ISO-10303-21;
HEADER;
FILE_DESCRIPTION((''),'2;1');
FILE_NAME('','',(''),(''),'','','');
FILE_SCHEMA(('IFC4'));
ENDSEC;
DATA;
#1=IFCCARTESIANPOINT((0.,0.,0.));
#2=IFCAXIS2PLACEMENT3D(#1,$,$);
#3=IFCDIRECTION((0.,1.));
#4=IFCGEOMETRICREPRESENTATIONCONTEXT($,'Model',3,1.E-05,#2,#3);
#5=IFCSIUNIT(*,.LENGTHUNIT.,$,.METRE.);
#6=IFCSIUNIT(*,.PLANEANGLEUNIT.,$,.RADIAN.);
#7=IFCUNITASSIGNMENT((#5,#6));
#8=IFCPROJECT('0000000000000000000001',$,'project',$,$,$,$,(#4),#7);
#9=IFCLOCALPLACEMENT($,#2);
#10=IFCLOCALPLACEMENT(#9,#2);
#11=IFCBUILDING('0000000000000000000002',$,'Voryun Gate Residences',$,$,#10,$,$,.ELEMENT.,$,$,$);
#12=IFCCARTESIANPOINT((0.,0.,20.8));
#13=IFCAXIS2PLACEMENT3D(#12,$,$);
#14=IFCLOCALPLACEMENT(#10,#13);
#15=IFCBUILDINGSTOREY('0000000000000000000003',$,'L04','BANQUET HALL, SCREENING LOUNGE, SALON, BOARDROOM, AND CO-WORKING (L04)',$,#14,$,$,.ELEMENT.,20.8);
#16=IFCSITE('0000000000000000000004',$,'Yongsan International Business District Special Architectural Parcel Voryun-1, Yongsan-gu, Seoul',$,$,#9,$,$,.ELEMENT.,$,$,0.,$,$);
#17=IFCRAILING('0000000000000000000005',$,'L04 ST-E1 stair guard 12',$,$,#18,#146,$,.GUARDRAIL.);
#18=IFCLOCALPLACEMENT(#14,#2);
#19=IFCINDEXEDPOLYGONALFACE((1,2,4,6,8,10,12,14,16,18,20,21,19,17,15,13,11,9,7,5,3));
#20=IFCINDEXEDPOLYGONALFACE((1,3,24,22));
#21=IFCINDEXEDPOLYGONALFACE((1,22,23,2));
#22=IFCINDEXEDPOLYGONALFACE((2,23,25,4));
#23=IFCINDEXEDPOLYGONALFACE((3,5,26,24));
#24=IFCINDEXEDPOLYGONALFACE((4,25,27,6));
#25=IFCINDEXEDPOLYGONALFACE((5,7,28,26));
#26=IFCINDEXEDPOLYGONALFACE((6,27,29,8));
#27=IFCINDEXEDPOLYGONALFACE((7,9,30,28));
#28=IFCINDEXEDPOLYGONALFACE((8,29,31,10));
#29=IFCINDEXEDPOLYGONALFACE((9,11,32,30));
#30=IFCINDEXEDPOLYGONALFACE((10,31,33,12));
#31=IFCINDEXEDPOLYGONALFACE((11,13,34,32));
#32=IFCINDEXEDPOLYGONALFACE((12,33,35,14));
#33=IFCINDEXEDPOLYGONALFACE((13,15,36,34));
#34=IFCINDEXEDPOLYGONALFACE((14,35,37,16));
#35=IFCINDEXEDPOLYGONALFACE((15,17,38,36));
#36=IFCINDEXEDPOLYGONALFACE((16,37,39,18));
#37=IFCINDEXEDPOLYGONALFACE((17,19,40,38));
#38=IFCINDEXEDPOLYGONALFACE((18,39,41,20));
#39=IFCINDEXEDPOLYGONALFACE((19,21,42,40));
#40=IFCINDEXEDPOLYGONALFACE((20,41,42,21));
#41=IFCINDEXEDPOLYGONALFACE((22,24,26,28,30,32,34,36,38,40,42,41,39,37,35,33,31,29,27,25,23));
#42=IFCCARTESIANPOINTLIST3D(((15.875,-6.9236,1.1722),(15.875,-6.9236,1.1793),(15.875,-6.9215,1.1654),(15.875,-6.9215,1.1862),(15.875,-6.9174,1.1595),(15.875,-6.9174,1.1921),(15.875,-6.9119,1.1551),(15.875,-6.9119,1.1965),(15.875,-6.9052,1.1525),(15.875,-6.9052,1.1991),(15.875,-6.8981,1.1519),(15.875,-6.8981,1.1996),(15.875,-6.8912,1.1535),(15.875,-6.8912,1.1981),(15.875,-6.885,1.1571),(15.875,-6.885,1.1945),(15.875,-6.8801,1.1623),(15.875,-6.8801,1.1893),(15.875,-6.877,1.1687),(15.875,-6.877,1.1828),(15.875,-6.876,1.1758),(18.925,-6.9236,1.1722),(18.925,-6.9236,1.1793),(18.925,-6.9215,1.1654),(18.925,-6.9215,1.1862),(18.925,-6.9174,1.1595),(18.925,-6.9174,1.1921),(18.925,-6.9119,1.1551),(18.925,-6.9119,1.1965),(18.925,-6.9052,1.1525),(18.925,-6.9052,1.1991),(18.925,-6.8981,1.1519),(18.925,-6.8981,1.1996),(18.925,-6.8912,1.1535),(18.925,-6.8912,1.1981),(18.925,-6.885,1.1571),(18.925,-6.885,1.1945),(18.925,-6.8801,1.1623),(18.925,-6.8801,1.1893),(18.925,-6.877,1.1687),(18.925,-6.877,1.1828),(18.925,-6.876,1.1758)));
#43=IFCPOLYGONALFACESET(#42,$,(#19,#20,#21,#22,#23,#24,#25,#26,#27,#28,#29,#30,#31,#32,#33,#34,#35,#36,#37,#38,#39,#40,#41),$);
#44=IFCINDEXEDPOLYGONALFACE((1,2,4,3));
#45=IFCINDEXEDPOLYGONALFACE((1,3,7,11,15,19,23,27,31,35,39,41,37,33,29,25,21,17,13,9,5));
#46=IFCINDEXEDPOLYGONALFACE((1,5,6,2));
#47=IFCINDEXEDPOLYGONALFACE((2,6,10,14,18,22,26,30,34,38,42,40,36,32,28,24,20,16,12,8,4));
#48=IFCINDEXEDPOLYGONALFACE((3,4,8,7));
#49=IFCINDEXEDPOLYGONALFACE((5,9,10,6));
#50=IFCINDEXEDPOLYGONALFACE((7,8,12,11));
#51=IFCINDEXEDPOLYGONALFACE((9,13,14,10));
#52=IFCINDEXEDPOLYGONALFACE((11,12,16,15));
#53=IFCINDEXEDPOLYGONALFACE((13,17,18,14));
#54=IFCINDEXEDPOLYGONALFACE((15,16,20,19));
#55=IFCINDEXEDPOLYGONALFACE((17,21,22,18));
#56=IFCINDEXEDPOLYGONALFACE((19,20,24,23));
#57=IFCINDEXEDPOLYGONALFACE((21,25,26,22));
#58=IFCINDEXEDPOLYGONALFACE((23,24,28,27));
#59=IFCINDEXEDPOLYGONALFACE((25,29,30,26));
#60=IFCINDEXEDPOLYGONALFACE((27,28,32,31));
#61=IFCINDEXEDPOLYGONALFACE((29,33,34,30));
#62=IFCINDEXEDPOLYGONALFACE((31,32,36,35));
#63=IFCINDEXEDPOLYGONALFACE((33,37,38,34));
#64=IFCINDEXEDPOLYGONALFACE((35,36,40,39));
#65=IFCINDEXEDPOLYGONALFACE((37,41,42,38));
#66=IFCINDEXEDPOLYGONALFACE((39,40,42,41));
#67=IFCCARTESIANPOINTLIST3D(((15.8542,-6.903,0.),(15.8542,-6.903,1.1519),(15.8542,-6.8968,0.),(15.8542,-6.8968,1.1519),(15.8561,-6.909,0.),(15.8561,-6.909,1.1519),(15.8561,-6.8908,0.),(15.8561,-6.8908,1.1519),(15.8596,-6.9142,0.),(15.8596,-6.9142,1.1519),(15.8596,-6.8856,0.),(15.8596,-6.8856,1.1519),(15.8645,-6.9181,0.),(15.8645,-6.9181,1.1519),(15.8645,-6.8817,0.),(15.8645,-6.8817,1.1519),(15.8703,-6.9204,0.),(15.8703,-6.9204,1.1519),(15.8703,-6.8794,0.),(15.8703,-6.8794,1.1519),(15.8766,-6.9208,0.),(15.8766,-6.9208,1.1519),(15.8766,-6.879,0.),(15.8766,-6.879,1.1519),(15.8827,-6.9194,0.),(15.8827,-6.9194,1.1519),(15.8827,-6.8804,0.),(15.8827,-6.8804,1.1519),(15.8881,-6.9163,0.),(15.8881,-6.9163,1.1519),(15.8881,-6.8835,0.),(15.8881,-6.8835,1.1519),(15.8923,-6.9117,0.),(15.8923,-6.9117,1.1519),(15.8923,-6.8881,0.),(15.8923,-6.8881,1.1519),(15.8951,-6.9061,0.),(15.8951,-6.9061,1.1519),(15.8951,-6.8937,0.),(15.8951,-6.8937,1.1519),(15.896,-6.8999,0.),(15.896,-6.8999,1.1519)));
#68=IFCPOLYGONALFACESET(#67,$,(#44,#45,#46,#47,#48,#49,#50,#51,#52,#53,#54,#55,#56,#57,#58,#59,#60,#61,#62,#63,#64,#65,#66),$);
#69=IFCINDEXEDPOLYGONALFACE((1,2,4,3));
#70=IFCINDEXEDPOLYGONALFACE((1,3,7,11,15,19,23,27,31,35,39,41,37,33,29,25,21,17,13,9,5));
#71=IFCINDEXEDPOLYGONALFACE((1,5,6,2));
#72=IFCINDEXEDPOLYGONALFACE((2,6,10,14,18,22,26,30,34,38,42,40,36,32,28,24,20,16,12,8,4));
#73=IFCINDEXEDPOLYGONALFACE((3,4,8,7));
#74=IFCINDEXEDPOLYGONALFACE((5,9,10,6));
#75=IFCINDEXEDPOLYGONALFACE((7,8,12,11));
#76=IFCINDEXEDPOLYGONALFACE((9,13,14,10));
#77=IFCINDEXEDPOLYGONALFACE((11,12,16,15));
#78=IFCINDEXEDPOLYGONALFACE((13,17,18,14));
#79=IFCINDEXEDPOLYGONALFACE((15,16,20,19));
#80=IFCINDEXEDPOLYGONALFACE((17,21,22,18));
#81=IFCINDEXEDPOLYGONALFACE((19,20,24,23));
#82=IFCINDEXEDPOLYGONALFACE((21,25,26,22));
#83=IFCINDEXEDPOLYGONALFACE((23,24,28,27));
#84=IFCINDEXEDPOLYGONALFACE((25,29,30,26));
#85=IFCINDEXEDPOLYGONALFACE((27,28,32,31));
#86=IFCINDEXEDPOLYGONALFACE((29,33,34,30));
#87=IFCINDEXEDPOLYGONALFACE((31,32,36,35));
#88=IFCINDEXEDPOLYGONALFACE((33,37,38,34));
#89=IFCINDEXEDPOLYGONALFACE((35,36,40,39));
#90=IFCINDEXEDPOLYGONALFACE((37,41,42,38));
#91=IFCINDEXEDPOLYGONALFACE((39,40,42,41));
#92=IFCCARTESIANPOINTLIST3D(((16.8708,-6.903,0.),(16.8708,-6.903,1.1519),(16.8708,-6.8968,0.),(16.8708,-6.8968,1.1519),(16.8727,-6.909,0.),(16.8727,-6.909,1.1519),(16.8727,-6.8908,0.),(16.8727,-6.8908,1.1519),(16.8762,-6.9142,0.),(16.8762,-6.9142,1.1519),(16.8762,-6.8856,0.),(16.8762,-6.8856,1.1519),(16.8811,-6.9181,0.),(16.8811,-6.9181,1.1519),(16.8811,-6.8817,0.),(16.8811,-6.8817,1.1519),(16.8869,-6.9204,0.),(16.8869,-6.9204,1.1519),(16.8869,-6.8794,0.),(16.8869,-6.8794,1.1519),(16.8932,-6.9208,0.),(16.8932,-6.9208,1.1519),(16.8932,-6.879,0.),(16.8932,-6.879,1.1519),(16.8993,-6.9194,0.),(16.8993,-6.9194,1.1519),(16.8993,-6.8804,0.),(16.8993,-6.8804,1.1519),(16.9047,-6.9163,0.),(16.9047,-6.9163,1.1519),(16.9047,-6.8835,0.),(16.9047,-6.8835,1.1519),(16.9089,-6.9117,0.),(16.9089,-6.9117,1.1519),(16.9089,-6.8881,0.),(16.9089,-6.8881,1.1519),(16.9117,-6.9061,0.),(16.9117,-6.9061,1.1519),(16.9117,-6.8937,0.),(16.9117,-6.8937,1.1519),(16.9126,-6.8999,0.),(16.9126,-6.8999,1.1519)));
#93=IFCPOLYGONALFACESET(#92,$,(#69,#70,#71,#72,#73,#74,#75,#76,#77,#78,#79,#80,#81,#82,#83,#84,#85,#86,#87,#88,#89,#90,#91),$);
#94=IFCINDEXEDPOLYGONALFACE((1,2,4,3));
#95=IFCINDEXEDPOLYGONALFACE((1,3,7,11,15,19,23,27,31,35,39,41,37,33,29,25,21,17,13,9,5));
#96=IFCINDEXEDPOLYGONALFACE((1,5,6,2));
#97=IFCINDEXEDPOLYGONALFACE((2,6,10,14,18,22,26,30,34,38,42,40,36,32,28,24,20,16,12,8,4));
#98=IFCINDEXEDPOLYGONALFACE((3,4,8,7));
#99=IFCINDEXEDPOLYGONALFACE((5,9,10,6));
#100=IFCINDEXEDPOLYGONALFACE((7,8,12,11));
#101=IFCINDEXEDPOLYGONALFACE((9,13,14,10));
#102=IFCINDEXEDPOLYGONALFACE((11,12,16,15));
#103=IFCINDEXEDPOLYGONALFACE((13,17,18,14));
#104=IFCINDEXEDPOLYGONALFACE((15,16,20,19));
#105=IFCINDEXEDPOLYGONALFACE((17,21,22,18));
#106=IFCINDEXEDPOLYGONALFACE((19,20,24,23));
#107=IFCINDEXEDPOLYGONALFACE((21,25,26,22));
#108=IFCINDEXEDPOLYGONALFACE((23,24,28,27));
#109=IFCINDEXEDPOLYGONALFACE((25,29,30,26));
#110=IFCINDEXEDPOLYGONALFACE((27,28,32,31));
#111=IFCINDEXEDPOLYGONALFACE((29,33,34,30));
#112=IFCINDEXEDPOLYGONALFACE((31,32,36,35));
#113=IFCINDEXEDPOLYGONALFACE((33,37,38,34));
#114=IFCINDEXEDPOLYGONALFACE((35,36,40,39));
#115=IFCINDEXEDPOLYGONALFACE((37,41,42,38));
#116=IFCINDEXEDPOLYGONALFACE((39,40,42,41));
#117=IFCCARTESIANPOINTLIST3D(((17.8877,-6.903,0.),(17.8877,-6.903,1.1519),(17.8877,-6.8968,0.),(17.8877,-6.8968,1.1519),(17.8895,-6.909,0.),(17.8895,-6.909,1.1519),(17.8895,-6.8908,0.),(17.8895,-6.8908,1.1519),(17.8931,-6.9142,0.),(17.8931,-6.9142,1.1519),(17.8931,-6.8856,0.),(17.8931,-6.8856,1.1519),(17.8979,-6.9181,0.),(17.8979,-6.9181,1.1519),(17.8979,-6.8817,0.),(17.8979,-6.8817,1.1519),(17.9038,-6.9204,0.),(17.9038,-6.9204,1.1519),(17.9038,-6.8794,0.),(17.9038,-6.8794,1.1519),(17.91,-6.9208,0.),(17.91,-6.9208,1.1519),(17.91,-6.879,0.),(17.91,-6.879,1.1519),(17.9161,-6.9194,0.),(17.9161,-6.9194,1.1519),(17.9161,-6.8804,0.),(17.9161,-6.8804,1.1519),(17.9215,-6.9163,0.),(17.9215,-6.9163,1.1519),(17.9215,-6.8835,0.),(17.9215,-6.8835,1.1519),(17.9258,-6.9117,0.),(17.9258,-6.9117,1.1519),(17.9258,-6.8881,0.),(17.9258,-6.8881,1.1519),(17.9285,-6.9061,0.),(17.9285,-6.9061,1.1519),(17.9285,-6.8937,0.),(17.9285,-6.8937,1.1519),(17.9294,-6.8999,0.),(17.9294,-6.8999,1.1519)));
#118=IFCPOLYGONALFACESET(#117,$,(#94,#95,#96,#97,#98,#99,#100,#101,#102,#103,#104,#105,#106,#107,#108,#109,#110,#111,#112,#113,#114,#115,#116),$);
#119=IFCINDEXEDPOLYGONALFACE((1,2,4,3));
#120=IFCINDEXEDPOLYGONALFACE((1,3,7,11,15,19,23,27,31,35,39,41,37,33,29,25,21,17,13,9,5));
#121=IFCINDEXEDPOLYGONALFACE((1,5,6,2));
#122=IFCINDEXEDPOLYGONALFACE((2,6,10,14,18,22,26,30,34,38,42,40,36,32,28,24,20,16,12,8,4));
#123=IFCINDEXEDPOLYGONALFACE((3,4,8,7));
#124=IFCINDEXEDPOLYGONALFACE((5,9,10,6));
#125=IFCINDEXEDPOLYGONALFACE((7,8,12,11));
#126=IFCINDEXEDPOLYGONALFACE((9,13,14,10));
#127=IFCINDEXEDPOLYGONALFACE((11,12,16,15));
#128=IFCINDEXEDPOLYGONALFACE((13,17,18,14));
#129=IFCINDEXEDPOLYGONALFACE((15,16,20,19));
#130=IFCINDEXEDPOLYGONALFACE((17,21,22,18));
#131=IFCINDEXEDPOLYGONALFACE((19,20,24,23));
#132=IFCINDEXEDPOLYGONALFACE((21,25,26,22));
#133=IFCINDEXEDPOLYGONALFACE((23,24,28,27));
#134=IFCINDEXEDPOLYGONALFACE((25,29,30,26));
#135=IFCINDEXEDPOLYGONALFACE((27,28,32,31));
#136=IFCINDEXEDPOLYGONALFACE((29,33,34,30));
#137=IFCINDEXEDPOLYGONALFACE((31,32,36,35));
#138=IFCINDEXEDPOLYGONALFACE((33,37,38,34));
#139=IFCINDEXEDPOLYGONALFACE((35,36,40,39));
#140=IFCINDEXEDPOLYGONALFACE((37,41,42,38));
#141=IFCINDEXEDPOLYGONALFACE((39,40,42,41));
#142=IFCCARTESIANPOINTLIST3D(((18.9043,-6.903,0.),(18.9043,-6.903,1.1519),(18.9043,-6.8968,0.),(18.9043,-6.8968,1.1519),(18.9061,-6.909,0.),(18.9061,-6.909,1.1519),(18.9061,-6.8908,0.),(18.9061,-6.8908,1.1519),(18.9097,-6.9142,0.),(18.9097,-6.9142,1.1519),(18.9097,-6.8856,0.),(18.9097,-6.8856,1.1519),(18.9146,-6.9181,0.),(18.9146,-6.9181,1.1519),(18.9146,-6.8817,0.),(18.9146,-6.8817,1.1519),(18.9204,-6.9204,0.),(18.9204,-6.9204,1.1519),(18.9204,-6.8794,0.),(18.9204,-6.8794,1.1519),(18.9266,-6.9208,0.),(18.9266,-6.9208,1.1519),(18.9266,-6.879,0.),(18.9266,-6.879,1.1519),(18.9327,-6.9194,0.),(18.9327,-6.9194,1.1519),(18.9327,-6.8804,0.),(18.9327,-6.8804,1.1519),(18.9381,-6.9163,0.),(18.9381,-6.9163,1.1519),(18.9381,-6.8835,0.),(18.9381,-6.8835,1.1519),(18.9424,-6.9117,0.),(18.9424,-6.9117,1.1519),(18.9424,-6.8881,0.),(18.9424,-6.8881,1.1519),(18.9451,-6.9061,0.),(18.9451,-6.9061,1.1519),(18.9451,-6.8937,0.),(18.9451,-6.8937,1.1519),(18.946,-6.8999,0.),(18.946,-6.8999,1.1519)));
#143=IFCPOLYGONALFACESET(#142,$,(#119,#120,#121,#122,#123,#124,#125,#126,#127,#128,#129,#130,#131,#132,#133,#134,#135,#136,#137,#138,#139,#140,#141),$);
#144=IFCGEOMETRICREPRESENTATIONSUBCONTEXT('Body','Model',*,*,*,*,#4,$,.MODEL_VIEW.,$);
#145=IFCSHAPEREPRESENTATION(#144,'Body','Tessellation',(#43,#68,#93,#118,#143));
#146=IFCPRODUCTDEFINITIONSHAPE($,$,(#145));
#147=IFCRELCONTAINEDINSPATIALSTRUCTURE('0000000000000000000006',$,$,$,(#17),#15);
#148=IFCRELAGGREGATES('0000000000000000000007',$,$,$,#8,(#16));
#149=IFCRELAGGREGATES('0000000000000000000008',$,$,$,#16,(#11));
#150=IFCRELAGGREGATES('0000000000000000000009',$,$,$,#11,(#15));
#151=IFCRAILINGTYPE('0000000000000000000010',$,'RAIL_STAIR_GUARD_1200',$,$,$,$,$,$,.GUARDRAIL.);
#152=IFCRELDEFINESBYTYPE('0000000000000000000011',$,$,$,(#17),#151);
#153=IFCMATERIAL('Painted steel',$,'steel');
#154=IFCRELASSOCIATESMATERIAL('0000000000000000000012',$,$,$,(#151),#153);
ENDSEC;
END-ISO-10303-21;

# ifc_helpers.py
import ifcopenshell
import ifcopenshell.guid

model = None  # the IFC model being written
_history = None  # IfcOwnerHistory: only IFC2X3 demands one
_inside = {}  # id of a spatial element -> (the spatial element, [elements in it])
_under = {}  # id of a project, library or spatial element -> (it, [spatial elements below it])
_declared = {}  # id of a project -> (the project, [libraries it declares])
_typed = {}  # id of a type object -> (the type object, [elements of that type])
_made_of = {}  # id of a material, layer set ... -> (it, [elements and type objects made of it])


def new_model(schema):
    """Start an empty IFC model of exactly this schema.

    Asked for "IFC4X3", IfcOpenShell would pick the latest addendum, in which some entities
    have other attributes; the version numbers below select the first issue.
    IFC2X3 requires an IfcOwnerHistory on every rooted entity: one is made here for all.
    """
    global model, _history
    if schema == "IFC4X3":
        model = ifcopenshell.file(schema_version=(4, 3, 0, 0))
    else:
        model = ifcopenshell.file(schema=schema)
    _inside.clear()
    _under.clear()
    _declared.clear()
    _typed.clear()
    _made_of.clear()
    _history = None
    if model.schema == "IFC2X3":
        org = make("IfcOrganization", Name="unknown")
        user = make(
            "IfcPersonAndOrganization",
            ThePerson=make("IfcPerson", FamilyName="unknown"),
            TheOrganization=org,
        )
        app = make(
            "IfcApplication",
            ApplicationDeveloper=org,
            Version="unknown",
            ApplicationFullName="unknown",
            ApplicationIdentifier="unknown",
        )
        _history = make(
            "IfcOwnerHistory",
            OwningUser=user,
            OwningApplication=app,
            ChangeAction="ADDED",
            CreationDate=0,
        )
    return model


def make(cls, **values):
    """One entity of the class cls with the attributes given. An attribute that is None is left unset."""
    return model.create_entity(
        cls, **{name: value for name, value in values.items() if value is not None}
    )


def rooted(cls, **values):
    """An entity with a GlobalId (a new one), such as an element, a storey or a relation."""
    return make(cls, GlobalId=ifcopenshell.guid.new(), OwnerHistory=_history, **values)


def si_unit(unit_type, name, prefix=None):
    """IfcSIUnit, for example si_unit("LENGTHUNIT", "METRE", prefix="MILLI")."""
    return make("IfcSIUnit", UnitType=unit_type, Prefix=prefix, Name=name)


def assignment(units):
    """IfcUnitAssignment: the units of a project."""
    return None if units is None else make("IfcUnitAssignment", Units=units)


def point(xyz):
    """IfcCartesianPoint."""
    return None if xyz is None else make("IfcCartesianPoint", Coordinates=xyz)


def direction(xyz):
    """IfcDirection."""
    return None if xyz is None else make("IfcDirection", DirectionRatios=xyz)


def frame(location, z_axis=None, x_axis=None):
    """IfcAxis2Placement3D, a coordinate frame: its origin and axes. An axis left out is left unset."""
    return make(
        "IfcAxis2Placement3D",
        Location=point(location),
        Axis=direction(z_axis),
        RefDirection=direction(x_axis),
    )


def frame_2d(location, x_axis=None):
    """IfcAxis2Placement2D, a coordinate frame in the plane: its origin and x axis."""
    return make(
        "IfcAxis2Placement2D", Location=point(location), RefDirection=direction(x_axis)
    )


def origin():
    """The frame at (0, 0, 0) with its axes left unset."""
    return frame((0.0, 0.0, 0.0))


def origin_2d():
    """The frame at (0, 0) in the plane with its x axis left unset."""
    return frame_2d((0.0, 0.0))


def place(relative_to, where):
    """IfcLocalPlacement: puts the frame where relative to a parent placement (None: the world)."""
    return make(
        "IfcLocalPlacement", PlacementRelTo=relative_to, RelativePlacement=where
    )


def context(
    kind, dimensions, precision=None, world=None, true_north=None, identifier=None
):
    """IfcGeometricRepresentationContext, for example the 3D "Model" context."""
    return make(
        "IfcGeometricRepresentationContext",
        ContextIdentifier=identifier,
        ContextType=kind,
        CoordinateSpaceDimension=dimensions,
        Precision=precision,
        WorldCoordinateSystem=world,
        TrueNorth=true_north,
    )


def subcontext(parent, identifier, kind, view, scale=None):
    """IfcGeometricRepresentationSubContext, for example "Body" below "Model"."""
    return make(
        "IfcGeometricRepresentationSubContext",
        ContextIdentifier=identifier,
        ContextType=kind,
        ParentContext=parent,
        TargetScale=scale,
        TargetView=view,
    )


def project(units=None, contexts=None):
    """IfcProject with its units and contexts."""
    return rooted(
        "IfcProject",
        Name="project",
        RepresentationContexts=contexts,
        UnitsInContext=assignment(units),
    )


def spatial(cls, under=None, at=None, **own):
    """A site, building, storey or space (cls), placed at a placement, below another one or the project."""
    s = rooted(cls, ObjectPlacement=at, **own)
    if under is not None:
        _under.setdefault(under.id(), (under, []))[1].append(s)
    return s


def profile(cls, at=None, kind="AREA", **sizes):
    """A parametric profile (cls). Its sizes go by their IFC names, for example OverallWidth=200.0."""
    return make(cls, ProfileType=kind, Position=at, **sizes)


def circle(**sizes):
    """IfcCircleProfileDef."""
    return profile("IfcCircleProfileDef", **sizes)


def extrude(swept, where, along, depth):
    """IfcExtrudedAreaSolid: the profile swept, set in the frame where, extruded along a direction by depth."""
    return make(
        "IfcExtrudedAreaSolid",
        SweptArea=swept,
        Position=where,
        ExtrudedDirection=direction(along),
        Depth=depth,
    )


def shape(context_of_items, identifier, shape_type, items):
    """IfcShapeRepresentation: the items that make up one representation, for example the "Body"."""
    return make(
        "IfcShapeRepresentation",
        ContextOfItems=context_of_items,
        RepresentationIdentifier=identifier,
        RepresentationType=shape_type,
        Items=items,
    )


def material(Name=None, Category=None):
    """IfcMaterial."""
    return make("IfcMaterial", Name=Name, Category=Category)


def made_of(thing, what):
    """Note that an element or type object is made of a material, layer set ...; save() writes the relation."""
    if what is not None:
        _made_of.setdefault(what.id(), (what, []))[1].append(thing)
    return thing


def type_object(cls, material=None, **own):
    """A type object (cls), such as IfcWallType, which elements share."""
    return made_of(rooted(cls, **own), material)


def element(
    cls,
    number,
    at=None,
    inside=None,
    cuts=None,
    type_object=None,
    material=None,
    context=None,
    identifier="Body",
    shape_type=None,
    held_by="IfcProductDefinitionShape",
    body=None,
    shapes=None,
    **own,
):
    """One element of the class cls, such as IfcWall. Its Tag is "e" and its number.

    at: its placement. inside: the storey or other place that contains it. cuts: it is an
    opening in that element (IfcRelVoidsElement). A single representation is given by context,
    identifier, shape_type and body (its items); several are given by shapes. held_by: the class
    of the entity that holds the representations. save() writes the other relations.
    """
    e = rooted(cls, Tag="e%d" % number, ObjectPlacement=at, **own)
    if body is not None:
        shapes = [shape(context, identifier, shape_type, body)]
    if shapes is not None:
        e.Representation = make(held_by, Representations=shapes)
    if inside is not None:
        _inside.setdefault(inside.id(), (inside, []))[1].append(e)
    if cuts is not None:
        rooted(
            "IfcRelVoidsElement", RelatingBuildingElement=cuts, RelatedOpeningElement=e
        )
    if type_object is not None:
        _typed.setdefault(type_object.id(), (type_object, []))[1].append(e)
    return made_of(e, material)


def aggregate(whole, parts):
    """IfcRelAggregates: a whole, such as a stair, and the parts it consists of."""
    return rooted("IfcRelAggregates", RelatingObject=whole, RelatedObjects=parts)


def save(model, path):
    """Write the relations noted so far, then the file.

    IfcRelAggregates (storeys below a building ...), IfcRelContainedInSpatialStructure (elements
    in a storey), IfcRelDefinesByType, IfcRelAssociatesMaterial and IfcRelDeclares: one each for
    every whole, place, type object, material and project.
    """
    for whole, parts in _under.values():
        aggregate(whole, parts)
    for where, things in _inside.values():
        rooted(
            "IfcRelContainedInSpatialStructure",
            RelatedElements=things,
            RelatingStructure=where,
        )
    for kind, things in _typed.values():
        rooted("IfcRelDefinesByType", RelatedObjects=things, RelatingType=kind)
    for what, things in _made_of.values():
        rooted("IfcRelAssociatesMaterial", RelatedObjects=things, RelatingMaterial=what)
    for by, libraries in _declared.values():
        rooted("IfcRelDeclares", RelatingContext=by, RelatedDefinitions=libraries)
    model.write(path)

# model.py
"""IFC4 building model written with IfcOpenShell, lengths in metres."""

from ifc_helpers import new_model, si_unit, direction, frame, origin, origin_2d, place, context, subcontext, project, spatial, circle, extrude, material, type_object, element, save


model = new_model("IFC4")

# Units and contexts
model_context = context("Model", 3, precision=1e-05, world=origin(), true_north=direction((0.0, 1.0)))
body_context = subcontext(model_context, "Body", "Model", "MODEL_VIEW")
ifc_project = project(units=[si_unit("LENGTHUNIT", "METRE"), si_unit("PLANEANGLEUNIT", "RADIAN")], contexts=[model_context])

# Site, building, storey
site_placement = place(None, origin())
site = spatial("IfcSite", under=ifc_project, at=site_placement, Name="Yongsan International Business District Special Architectural Parcel Voryun-1, Yongsan-gu, Seoul", CompositionType="ELEMENT", RefElevation=0.0)
building_placement = place(site_placement, origin())
building = spatial("IfcBuilding", under=site, at=building_placement, Name="Voryun Gate Residences", CompositionType="ELEMENT")
storey_placement = place(building_placement, frame((0.0, 0.0, 20.8)))
storey = spatial("IfcBuildingStorey", under=building, at=storey_placement, Name="L04", Description="BANQUET HALL, SCREENING LOUNGE, SALON, BOARDROOM, AND CO-WORKING (L04)", CompositionType="ELEMENT", Elevation=20.8)

# Railing
ifc_material_1 = material(Name="Painted steel", Category="steel")
railing_type = type_object("IfcRailingType", Name="RAIL_STAIR_GUARD_1200", PredefinedType="GUARDRAIL", material=ifc_material_1)
railing_1_placement = place(storey_placement, frame((15.875, -6.8999, 0.0)))
element("IfcRailing", 1, at=railing_1_placement, inside=storey, type_object=railing_type, Name="L04 ST-E1 stair guard 12", PredefinedType="GUARDRAIL", context=body_context, shape_type="SweptSolid", body=[
    extrude(circle(Radius=0.0239, at=origin_2d()), frame((0.0, 0.0, 1.1758), z_axis=(1.0, 0.0, 0.0), x_axis=(0.0, 1.0, 0.0)), (0.0, 0.0, 1.0), 3.05),
    extrude(circle(Radius=0.021, at=origin_2d()), origin(), (0.0, 0.0, 1.0), 1.1519),
    extrude(circle(Radius=0.021, at=origin_2d()), frame((1.0166, 0.0, 0.0)), (0.0, 0.0, 1.0), 1.1519),
    extrude(circle(Radius=0.021, at=origin_2d()), frame((2.0334, 0.0, 0.0)), (0.0, 0.0, 1.0), 1.1519),
    extrude(circle(Radius=0.021, at=origin_2d()), frame((3.05, 0.0, 0.0)), (0.0, 0.0, 1.0), 1.1519),
])

save(model, "model.ifc")
